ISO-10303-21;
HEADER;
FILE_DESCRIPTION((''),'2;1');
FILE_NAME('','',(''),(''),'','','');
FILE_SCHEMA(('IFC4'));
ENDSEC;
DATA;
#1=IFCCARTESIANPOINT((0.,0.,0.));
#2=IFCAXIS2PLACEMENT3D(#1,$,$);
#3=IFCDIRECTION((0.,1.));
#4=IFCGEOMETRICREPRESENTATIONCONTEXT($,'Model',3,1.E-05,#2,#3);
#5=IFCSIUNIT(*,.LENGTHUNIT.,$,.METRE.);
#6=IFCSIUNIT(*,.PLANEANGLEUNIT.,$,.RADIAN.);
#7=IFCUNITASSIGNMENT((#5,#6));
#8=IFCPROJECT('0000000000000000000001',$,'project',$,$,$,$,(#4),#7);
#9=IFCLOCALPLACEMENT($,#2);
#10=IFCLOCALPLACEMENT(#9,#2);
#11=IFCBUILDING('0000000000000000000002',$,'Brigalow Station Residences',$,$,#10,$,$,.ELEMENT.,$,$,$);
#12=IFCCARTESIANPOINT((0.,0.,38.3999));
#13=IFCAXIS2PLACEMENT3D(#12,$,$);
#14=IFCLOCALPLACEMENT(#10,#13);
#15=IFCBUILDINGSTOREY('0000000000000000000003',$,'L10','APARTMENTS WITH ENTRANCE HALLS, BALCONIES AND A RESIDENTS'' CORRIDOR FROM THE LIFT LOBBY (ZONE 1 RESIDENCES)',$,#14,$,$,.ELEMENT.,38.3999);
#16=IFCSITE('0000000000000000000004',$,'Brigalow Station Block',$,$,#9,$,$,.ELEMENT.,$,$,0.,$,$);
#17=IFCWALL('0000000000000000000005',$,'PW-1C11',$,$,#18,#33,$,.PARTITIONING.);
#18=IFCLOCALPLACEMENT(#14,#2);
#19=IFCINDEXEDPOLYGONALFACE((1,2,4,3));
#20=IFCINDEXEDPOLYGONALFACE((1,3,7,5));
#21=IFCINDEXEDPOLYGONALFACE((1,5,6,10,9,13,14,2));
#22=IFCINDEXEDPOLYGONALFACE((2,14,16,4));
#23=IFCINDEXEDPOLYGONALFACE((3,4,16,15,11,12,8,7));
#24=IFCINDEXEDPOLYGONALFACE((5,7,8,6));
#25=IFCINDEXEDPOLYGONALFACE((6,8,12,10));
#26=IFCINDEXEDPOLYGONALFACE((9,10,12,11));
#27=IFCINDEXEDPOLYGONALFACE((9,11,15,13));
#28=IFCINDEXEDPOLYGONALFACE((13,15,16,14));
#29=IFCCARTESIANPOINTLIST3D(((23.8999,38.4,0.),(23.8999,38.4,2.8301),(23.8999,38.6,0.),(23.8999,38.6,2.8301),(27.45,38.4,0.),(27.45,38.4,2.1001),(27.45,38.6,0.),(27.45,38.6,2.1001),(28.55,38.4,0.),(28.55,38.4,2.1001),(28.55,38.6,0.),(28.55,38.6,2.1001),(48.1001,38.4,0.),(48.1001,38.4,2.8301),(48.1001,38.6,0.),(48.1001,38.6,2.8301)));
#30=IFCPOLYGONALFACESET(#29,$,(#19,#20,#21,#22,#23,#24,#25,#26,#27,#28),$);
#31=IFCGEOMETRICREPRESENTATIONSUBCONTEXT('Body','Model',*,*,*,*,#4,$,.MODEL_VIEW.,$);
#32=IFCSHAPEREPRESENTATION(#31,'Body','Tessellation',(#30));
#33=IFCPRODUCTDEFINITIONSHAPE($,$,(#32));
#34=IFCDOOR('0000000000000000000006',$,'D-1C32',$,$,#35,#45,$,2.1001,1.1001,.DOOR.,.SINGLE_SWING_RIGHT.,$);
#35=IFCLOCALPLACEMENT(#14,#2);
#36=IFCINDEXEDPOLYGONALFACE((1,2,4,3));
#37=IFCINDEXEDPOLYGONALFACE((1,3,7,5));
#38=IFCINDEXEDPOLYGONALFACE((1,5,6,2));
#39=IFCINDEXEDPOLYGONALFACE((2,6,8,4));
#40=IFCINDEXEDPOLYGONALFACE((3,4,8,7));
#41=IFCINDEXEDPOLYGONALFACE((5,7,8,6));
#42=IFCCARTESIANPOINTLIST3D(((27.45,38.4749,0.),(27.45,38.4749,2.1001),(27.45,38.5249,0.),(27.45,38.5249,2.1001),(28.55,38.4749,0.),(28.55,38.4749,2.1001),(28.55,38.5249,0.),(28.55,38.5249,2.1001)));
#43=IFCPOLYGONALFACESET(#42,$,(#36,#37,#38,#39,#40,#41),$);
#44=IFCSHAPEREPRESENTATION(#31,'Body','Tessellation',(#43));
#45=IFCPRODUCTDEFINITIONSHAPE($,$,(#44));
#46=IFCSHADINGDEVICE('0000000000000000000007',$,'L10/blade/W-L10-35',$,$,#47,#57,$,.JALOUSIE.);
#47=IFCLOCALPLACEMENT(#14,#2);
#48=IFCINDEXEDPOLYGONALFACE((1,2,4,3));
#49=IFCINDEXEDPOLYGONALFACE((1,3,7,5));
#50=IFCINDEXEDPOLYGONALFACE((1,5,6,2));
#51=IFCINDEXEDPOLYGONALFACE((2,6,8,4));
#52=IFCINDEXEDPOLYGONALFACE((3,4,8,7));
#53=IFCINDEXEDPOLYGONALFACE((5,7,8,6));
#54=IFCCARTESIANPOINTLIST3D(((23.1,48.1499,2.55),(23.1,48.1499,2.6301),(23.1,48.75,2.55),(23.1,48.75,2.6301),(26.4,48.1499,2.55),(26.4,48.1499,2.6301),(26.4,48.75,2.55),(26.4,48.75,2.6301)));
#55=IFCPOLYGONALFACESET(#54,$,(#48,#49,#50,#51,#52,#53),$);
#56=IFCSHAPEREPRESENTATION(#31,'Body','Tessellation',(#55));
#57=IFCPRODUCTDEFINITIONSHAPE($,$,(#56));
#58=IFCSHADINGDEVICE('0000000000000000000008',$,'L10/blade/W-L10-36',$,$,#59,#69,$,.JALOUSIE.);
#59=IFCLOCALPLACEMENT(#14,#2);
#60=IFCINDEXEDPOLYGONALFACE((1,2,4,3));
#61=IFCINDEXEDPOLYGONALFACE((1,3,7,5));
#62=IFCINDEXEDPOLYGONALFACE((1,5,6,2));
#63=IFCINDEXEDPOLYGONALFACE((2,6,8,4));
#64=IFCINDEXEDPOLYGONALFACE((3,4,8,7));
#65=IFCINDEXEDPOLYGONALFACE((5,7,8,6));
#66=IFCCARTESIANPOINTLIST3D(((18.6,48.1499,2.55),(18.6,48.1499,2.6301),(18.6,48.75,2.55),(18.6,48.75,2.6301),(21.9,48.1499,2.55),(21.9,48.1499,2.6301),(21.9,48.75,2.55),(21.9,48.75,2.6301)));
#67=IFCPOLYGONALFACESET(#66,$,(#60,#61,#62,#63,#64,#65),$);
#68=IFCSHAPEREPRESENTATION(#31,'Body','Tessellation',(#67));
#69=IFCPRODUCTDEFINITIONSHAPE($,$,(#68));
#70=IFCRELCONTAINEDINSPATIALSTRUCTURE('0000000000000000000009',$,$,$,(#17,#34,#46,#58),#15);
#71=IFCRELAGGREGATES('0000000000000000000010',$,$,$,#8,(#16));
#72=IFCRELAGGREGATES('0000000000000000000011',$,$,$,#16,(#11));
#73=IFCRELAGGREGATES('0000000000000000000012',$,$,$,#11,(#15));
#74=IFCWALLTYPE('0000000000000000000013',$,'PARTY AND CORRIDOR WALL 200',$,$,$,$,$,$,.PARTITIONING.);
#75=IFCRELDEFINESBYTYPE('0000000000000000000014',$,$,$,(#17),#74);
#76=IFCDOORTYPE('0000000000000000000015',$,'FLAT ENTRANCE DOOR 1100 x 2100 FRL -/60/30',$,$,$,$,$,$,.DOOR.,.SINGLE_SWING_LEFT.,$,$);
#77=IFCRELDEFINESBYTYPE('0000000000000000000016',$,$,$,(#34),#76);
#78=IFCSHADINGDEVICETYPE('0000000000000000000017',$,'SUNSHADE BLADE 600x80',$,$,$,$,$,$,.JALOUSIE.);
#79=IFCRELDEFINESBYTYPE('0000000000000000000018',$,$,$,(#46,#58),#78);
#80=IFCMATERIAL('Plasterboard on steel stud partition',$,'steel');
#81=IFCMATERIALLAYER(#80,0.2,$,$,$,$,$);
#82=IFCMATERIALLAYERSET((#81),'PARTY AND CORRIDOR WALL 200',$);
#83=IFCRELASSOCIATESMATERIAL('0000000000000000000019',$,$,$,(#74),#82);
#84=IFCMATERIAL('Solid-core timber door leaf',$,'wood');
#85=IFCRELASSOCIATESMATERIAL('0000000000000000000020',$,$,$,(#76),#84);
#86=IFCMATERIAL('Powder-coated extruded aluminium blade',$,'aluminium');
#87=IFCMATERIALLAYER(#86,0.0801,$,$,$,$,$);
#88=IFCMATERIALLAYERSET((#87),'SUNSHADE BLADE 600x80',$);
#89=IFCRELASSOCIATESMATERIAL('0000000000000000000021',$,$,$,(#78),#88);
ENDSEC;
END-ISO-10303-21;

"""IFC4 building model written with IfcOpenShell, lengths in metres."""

from ifc_helpers import new_model, si_unit, direction, frame, frame_2d, origin, origin_2d, place, context, subcontext, project, spatial, rectangle, extrude, material, layer, layer_set, type_object, element, fill, save


model = new_model("IFC4")

# Units and contexts
model_context = context("Model", 3, precision=1e-05, world=origin(), true_north=direction((0.0, 1.0)))
body_context = subcontext(model_context, "Body", "Model", "MODEL_VIEW")
ifc_project = project(units=[si_unit("LENGTHUNIT", "METRE"), si_unit("PLANEANGLEUNIT", "RADIAN")], contexts=[model_context])

# Site, building, storey
site_placement = place(None, origin())
site = spatial("IfcSite", under=ifc_project, at=site_placement, Name="Brigalow Station Block", CompositionType="ELEMENT", RefElevation=0.0)
building_placement = place(site_placement, origin())
building = spatial("IfcBuilding", under=site, at=building_placement, Name="Brigalow Station Residences", CompositionType="ELEMENT")
storey_placement = place(building_placement, frame((0.0, 0.0, 38.3999)))
storey = spatial("IfcBuildingStorey", under=building, at=storey_placement, Name="L10", Description="APARTMENTS WITH ENTRANCE HALLS, BALCONIES AND A RESIDENTS' CORRIDOR FROM THE LIFT LOBBY (ZONE 1 RESIDENCES)", CompositionType="ELEMENT", Elevation=38.3999)

# Wall, opening, door
ifc_material_1 = material(Name="Plasterboard on steel stud partition", Category="steel")
ifc_layer_1 = layer(ifc_material_1, 0.2)
ifc_layer_set_1 = layer_set([ifc_layer_1], Name="PARTY AND CORRIDOR WALL 200")
wall_type_1 = type_object("IfcWallType", Name="PARTY AND CORRIDOR WALL 200", PredefinedType="PARTITIONING", material=ifc_layer_set_1)
wall_1_placement = place(storey_placement, frame((23.8999, 38.5, 0.0), z_axis=(0.0, 0.0, 1.0), x_axis=(1.0, 0.0, 0.0)))
wall_1 = element("IfcWall", 1, at=wall_1_placement, inside=storey, type_object=wall_type_1, Name="PW-1C11", PredefinedType="PARTITIONING", context=body_context, shape_type="SweptSolid", body=[
    extrude(rectangle(XDim=24.2002, YDim=0.2, at=frame_2d((12.1001, 0.0))), origin(), (0.0, 0.0, 1.0), 2.8301),
])
opening_1_placement = place(wall_1_placement, frame((3.55, 0.0, 0.0)))
opening_1 = element("IfcOpeningElement", 2, at=opening_1_placement, cuts=wall_1, PredefinedType="OPENING", context=body_context, shape_type="SweptSolid", body=[
    extrude(rectangle(XDim=1.1001, YDim=2.1001, at=frame_2d((0.55, 1.05))), frame((0.0, 0.1099, 0.0), z_axis=(0.0, -1.0, 0.0), x_axis=(1.0, 0.0, 0.0)), (0.0, 0.0, 1.0), 0.22),
])
ifc_material_2 = material(Name="Solid-core timber door leaf", Category="wood")
door_type_1 = type_object("IfcDoorType", Name="FLAT ENTRANCE DOOR 1100 x 2100 FRL -/60/30", OperationType="SINGLE_SWING_LEFT", PredefinedType="DOOR", material=ifc_material_2)
door_1_placement = place(opening_1_placement, origin())
door_1 = element("IfcDoor", 3, at=door_1_placement, inside=storey, type_object=door_type_1, Name="D-1C32", OperationType="SINGLE_SWING_RIGHT", OverallHeight=2.1001, OverallWidth=1.1001, PredefinedType="DOOR", context=body_context, shape_type="SweptSolid", body=[
    extrude(rectangle(XDim=1.1001, YDim=2.1001, at=frame_2d((0.55, 1.05))), frame((0.0, 0.0249, 0.0), z_axis=(0.0, -1.0, 0.0), x_axis=(1.0, 0.0, 0.0)), (0.0, 0.0, 1.0), 0.05),
])
fill(opening_1, door_1)

# Shading devices
ifc_material_3 = material(Name="Powder-coated extruded aluminium blade", Category="aluminium")
ifc_layer_2 = layer(ifc_material_3, 0.0801)
ifc_layer_set_2 = layer_set([ifc_layer_2], Name="SUNSHADE BLADE 600x80")
shading_device_type = type_object("IfcShadingDeviceType", Name="SUNSHADE BLADE 600x80", PredefinedType="JALOUSIE", material=ifc_layer_set_2)
for number, where, z_axis, x_axis, name in (
    (4, (24.75, 48.45, 2.55), (0.0, 0.0, 1.0), (-1.0, 0.0, 0.0), "L10/blade/W-L10-35"),
    (5, (20.25, 48.45, 2.55), (0.0, 0.0, 1.0), (-1.0, 0.0, 0.0), "L10/blade/W-L10-36"),
):
    element("IfcShadingDevice", number, at=place(storey_placement, frame(where, z_axis=z_axis, x_axis=x_axis)), inside=storey, type_object=shading_device_type, Name=name, PredefinedType="JALOUSIE", context=body_context, shape_type="SweptSolid", body=[
        extrude(rectangle(XDim=3.3, YDim=0.6001, at=origin_2d()), origin(), (0.0, 0.0, 1.0), 0.0801),
    ])

save(model, "model.ifc")
